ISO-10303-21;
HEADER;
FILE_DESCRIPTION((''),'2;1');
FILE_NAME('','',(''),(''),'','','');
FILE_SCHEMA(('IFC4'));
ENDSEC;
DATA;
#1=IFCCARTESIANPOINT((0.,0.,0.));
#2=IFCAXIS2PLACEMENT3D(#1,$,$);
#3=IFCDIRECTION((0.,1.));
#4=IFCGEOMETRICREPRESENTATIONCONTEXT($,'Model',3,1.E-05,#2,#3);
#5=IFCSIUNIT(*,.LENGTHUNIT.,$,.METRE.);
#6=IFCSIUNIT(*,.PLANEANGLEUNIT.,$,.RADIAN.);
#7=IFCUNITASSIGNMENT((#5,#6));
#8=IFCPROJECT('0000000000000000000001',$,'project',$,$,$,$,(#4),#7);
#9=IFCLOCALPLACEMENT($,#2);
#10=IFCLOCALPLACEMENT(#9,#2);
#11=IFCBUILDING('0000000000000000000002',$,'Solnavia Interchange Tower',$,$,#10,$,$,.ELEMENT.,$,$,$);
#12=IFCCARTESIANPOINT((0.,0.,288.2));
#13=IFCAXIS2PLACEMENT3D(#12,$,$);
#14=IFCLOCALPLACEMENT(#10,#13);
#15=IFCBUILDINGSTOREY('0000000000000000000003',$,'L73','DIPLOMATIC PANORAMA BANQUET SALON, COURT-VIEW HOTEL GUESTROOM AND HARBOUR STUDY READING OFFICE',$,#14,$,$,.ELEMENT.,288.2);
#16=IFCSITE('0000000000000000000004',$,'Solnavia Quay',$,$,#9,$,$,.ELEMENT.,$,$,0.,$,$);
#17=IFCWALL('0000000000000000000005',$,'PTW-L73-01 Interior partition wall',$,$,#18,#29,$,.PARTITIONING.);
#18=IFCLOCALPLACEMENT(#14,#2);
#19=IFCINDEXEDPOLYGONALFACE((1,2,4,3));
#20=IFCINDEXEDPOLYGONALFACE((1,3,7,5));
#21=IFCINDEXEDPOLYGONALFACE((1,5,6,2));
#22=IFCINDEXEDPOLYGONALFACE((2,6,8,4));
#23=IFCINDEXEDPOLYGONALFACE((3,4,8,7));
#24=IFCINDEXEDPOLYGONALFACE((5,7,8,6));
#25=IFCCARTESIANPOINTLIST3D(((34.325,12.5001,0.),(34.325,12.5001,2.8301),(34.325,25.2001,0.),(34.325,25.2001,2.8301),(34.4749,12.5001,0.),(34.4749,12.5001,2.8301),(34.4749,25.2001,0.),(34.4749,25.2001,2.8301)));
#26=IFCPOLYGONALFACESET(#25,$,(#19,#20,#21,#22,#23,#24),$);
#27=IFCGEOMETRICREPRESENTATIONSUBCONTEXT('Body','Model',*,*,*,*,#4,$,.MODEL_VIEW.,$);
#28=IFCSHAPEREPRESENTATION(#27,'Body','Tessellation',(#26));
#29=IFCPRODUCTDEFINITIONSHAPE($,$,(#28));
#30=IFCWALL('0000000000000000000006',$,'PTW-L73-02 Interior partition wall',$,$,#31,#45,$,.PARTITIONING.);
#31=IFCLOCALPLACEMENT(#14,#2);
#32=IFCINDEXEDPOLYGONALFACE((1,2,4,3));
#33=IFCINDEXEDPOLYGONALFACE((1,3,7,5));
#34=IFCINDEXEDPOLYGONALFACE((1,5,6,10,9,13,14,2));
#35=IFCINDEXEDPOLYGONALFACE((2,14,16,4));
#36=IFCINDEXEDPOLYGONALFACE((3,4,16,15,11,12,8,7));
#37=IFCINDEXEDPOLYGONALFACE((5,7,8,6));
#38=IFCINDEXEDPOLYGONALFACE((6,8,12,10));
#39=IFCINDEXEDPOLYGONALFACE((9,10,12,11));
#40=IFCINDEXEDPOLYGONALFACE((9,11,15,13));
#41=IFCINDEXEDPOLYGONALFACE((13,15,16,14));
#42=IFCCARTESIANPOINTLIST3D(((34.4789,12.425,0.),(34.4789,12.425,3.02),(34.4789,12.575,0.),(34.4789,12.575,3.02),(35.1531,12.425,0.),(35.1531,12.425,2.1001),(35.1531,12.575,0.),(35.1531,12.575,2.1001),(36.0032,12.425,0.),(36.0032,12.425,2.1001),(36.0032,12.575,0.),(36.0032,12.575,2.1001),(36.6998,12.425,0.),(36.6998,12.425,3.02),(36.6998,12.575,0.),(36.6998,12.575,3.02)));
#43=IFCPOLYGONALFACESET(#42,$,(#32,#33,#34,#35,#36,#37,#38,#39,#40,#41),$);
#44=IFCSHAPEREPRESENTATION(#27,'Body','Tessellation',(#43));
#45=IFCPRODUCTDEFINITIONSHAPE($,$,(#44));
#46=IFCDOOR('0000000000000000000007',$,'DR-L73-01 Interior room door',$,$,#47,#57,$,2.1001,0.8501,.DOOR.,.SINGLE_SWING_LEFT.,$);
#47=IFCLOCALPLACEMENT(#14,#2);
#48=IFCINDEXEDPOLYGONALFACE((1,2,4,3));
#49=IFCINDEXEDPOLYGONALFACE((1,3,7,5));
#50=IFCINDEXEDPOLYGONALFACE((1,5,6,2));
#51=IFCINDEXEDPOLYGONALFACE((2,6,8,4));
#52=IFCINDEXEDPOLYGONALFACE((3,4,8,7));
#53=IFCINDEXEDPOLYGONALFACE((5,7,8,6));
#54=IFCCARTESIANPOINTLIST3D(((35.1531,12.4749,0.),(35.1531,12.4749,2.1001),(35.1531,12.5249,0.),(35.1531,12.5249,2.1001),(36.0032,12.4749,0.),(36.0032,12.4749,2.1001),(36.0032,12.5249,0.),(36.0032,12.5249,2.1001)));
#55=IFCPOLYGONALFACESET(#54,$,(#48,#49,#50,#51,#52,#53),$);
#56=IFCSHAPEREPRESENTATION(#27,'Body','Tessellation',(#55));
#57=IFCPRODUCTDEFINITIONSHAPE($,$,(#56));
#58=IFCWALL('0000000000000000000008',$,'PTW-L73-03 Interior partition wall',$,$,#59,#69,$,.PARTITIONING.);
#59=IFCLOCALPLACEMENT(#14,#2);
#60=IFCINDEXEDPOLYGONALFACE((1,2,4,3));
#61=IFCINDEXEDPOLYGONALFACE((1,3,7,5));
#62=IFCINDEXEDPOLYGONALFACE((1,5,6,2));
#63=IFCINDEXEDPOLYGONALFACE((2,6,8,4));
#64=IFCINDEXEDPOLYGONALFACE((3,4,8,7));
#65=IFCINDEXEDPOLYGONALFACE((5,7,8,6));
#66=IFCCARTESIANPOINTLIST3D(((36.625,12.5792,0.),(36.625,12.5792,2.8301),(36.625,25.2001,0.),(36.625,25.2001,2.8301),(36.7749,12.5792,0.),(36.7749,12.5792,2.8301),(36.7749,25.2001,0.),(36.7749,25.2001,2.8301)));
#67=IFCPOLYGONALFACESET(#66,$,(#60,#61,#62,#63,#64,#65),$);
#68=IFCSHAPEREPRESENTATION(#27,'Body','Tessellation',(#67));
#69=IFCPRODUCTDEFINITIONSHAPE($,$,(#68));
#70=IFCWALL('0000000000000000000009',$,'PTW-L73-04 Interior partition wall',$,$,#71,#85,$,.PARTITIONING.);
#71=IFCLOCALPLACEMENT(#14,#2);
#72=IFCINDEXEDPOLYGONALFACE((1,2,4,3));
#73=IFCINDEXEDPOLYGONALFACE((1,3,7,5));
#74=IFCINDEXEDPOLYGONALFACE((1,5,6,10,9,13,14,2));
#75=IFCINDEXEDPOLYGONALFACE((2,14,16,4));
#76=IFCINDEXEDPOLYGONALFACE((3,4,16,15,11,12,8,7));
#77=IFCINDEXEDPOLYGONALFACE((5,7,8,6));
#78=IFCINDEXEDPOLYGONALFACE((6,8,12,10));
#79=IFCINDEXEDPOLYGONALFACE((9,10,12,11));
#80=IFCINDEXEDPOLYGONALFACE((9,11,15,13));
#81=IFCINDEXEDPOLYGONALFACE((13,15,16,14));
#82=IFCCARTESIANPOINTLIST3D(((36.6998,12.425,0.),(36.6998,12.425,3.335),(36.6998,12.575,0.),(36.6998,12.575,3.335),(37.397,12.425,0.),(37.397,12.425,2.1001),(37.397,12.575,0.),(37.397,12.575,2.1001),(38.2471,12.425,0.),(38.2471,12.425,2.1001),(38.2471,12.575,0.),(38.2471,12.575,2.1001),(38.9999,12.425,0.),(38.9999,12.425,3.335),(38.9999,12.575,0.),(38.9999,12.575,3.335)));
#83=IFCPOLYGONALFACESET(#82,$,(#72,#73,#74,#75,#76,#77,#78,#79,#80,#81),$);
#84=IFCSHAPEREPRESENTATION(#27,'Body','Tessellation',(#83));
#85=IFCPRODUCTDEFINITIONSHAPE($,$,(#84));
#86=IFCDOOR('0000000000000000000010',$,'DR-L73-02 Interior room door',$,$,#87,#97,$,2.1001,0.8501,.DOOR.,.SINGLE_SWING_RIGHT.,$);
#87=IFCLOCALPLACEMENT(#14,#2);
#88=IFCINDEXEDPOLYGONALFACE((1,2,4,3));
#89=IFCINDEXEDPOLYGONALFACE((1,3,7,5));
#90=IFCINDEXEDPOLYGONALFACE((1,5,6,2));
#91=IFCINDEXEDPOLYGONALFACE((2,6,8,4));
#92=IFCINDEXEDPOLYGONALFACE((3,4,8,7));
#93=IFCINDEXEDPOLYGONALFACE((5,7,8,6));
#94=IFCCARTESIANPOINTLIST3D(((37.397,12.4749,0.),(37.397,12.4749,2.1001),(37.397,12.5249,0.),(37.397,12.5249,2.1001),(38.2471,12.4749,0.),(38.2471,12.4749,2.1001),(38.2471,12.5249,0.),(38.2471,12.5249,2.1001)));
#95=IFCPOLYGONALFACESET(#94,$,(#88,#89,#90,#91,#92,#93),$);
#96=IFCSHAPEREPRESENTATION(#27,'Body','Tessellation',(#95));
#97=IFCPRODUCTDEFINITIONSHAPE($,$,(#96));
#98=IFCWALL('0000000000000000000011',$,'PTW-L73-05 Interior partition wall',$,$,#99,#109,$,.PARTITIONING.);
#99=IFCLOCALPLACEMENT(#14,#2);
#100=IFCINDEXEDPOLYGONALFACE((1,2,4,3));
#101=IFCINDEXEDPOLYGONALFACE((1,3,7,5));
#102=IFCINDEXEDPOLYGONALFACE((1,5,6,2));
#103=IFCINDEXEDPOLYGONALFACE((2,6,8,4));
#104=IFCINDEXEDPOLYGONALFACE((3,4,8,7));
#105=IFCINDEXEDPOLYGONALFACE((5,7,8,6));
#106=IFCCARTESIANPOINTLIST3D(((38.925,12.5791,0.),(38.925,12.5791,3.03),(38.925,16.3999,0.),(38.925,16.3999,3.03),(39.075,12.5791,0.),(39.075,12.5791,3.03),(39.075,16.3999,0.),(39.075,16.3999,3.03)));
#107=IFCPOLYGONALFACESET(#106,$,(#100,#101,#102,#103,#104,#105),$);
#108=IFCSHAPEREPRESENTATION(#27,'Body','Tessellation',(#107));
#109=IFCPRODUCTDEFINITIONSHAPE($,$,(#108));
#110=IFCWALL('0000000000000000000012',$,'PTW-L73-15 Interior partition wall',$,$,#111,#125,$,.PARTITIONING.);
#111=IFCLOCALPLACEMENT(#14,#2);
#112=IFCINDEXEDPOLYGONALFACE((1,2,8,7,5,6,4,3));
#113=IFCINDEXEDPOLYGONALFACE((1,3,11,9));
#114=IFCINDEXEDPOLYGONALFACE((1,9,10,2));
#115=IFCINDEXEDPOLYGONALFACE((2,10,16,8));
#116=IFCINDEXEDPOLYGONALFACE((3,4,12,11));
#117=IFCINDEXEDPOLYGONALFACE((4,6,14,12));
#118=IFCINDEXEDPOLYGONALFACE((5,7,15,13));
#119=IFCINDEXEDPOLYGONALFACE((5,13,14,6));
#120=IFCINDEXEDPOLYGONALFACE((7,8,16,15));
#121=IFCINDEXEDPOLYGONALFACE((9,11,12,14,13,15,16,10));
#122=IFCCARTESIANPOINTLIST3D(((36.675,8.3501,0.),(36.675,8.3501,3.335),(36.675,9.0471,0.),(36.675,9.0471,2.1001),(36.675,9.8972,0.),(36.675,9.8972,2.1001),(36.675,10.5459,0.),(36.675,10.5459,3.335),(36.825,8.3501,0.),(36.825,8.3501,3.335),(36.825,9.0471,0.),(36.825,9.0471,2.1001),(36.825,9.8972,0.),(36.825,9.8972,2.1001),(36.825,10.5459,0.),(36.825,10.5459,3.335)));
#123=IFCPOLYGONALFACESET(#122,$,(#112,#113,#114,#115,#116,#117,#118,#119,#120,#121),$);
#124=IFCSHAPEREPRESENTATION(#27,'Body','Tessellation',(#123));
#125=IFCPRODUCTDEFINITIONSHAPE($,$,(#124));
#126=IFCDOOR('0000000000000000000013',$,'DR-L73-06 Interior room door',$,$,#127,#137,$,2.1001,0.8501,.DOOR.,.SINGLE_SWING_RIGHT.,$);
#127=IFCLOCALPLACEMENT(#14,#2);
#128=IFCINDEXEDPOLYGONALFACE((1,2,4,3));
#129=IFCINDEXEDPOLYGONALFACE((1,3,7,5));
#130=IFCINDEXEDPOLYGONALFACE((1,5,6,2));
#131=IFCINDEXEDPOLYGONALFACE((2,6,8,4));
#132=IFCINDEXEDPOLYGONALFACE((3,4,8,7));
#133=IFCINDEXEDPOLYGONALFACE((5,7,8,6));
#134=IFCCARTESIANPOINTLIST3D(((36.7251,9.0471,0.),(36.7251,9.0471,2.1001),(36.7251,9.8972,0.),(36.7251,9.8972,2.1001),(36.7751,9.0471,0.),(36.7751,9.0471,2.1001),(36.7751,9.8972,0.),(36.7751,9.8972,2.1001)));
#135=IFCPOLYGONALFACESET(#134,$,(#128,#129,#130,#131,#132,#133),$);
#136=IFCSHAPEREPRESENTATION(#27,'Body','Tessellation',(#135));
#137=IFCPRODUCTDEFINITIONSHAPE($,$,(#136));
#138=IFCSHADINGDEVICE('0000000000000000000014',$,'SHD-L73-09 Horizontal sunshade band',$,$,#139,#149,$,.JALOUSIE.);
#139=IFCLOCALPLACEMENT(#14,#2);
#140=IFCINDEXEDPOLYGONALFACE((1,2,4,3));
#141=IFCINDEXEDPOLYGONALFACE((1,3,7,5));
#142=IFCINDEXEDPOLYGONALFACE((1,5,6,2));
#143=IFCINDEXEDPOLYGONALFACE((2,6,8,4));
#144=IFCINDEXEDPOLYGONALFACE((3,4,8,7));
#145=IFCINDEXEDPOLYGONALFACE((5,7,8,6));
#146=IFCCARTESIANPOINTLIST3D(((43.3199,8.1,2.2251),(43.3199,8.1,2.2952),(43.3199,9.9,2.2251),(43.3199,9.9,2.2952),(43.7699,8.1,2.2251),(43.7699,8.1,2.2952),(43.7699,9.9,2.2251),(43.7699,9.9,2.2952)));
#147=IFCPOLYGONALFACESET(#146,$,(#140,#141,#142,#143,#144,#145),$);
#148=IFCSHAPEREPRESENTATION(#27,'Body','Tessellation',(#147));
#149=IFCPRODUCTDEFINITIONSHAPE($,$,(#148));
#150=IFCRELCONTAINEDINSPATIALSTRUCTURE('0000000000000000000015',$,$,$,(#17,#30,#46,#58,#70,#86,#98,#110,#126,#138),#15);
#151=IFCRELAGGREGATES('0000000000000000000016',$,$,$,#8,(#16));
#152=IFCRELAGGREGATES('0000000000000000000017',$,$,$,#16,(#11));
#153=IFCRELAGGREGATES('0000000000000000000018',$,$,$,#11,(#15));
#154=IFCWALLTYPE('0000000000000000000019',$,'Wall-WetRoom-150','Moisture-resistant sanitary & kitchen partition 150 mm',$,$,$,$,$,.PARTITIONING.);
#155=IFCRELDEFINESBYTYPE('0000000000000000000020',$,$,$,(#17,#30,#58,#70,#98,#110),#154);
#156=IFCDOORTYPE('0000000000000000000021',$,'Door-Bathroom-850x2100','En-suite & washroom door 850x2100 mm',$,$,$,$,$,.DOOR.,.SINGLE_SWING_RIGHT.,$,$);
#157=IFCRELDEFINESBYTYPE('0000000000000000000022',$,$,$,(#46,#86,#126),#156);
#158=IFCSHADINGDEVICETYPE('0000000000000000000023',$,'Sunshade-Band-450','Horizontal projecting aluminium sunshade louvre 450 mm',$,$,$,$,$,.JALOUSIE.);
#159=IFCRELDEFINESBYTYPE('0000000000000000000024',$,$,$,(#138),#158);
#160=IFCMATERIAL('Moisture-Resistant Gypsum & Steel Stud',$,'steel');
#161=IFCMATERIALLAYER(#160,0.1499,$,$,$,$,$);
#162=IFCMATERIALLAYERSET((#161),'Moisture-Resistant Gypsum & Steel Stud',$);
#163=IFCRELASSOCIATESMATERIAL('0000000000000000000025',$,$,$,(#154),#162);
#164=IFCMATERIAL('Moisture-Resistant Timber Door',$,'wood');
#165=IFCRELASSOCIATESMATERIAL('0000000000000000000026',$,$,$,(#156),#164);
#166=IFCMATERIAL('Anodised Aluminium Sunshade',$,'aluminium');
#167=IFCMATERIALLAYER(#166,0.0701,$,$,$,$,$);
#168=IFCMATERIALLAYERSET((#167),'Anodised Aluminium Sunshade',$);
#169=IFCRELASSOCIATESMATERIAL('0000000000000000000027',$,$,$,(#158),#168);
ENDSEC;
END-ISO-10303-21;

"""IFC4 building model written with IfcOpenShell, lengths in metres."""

from ifc_helpers import new_model, si_unit, direction, frame, frame_2d, origin, origin_2d, place, context, subcontext, project, spatial, rectangle, extrude, material, layer, layer_set, type_object, element, fill, save


model = new_model("IFC4")

# Units and contexts
model_context = context("Model", 3, precision=1e-05, world=origin(), true_north=direction((0.0, 1.0)))
body_context = subcontext(model_context, "Body", "Model", "MODEL_VIEW")
ifc_project = project(units=[si_unit("LENGTHUNIT", "METRE"), si_unit("PLANEANGLEUNIT", "RADIAN")], contexts=[model_context])

# Site, building, storey
site_placement = place(None, origin())
site = spatial("IfcSite", under=ifc_project, at=site_placement, Name="Solnavia Quay", CompositionType="ELEMENT", RefElevation=0.0)
building_placement = place(site_placement, origin())
building = spatial("IfcBuilding", under=site, at=building_placement, Name="Solnavia Interchange Tower", CompositionType="ELEMENT")
storey_placement = place(building_placement, frame((0.0, 0.0, 288.2)))
storey = spatial("IfcBuildingStorey", under=building, at=storey_placement, Name="L73", Description="DIPLOMATIC PANORAMA BANQUET SALON, COURT-VIEW HOTEL GUESTROOM AND HARBOUR STUDY READING OFFICE", CompositionType="ELEMENT", Elevation=288.2)

# Wall
ifc_material_1 = material(Name="Moisture-Resistant Gypsum & Steel Stud", Category="steel")
ifc_layer_1 = layer(ifc_material_1, 0.1499)
ifc_layer_set_1 = layer_set([ifc_layer_1], Name="Moisture-Resistant Gypsum & Steel Stud")
wall_type_1 = type_object("IfcWallType", Name="Wall-WetRoom-150", Description="Moisture-resistant sanitary & kitchen partition 150 mm", PredefinedType="PARTITIONING", material=ifc_layer_set_1)
wall_1_placement = place(storey_placement, frame((34.3999, 12.5, 0.0), z_axis=(0.0, 0.0, 1.0), x_axis=(0.0, 1.0, 0.0)))
element("IfcWall", 1, at=wall_1_placement, inside=storey, type_object=wall_type_1, Name="PTW-L73-01 Interior partition wall", PredefinedType="PARTITIONING", context=body_context, shape_type="SweptSolid", body=[
    extrude(rectangle(XDim=12.7, YDim=0.1499, at=frame_2d((6.3501, 0.0))), origin(), (0.0, 0.0, 1.0), 2.8301),
])

# Wall, opening, door
wall_2_placement = place(storey_placement, frame((34.479, 12.5, 0.0), z_axis=(0.0, 0.0, 1.0), x_axis=(1.0, 0.0, 0.0)))
wall_2 = element("IfcWall", 2, at=wall_2_placement, inside=storey, type_object=wall_type_1, Name="PTW-L73-02 Interior partition wall", PredefinedType="PARTITIONING", context=body_context, shape_type="SweptSolid", body=[
    extrude(rectangle(XDim=2.2209, YDim=0.1499, at=frame_2d((1.1104, 0.0))), origin(), (0.0, 0.0, 1.0), 3.02),
])
opening_1_placement = place(wall_2_placement, frame((0.6741, 0.0, 0.0)))
opening_1 = element("IfcOpeningElement", 3, at=opening_1_placement, cuts=wall_2, PredefinedType="OPENING", context=body_context, shape_type="SweptSolid", body=[
    extrude(rectangle(XDim=0.8501, YDim=2.1001, at=frame_2d((0.425, 1.05))), frame((0.0, 0.085, 0.0), z_axis=(0.0, -1.0, 0.0), x_axis=(1.0, 0.0, 0.0)), (0.0, 0.0, 1.0), 0.1699),
])
ifc_material_2 = material(Name="Moisture-Resistant Timber Door", Category="wood")
door_type_1 = type_object("IfcDoorType", Name="Door-Bathroom-850x2100", Description="En-suite & washroom door 850x2100 mm", OperationType="SINGLE_SWING_RIGHT", PredefinedType="DOOR", material=ifc_material_2)
door_1_placement = place(opening_1_placement, origin())
door_1 = element("IfcDoor", 4, at=door_1_placement, inside=storey, type_object=door_type_1, Name="DR-L73-01 Interior room door", OperationType="SINGLE_SWING_LEFT", OverallHeight=2.1001, OverallWidth=0.8501, PredefinedType="DOOR", context=body_context, shape_type="SweptSolid", body=[
    extrude(rectangle(XDim=0.8501, YDim=2.1001, at=frame_2d((0.425, 1.05))), frame((0.0, 0.0249, 0.0), z_axis=(0.0, -1.0, 0.0), x_axis=(1.0, 0.0, 0.0)), (0.0, 0.0, 1.0), 0.05),
])
fill(opening_1, door_1)

# Wall
wall_3_placement = place(storey_placement, frame((36.7, 12.5791, 0.0), z_axis=(0.0, 0.0, 1.0), x_axis=(0.0, 1.0, 0.0)))
element("IfcWall", 5, at=wall_3_placement, inside=storey, type_object=wall_type_1, Name="PTW-L73-03 Interior partition wall", PredefinedType="PARTITIONING", context=body_context, shape_type="SweptSolid", body=[
    extrude(rectangle(XDim=12.6208, YDim=0.1499, at=frame_2d((6.3105, 0.0))), origin(), (0.0, 0.0, 1.0), 2.8301),
])

# Wall, opening, door
wall_4_placement = place(storey_placement, frame((36.7, 12.5, 0.0), z_axis=(0.0, 0.0, 1.0), x_axis=(1.0, 0.0, 0.0)))
wall_4 = element("IfcWall", 6, at=wall_4_placement, inside=storey, type_object=wall_type_1, Name="PTW-L73-04 Interior partition wall", PredefinedType="PARTITIONING", context=body_context, shape_type="SweptSolid", body=[
    extrude(rectangle(XDim=2.3, YDim=0.1499, at=frame_2d((1.1499, 0.0))), origin(), (0.0, 0.0, 1.0), 3.335),
])
opening_2_placement = place(wall_4_placement, frame((0.697, 0.0, 0.0)))
opening_2 = element("IfcOpeningElement", 7, at=opening_2_placement, cuts=wall_4, PredefinedType="OPENING", context=body_context, shape_type="SweptSolid", body=[
    extrude(rectangle(XDim=0.8501, YDim=2.1001, at=frame_2d((0.425, 1.05))), frame((0.0, 0.085, 0.0), z_axis=(0.0, -1.0, 0.0), x_axis=(1.0, 0.0, 0.0)), (0.0, 0.0, 1.0), 0.1699),
])
door_2_placement = place(opening_2_placement, origin())
door_2 = element("IfcDoor", 8, at=door_2_placement, inside=storey, type_object=door_type_1, Name="DR-L73-02 Interior room door", OperationType="SINGLE_SWING_RIGHT", OverallHeight=2.1001, OverallWidth=0.8501, PredefinedType="DOOR", context=body_context, shape_type="SweptSolid", body=[
    extrude(rectangle(XDim=0.8501, YDim=2.1001, at=frame_2d((0.425, 1.05))), frame((0.0, 0.0249, 0.0), z_axis=(0.0, -1.0, 0.0), x_axis=(1.0, 0.0, 0.0)), (0.0, 0.0, 1.0), 0.05),
])
fill(opening_2, door_2)

# Wall
wall_5_placement = place(storey_placement, frame((39.0, 12.5791, 0.0), z_axis=(0.0, 0.0, 1.0), x_axis=(0.0, 1.0, 0.0)))
element("IfcWall", 9, at=wall_5_placement, inside=storey, type_object=wall_type_1, Name="PTW-L73-05 Interior partition wall", PredefinedType="PARTITIONING", context=body_context, shape_type="SweptSolid", body=[
    extrude(rectangle(XDim=3.8208, YDim=0.1499, at=frame_2d((1.9104, 0.0))), origin(), (0.0, 0.0, 1.0), 3.03),
])

# Wall, opening, door
wall_6_placement = place(storey_placement, frame((36.75, 8.3501, 0.0), z_axis=(0.0, 0.0, 1.0), x_axis=(0.0, 1.0, 0.0)))
wall_6 = element("IfcWall", 10, at=wall_6_placement, inside=storey, type_object=wall_type_1, Name="PTW-L73-15 Interior partition wall", PredefinedType="PARTITIONING", context=body_context, shape_type="SweptSolid", body=[
    extrude(rectangle(XDim=2.1958, YDim=0.1499, at=frame_2d((1.0979, 0.0))), origin(), (0.0, 0.0, 1.0), 3.335),
])
opening_3_placement = place(wall_6_placement, frame((0.697, 0.0, 0.0)))
opening_3 = element("IfcOpeningElement", 11, at=opening_3_placement, cuts=wall_6, PredefinedType="OPENING", context=body_context, shape_type="SweptSolid", body=[
    extrude(rectangle(XDim=0.8501, YDim=2.1001, at=frame_2d((0.425, 1.05))), frame((0.0, 0.085, 0.0), z_axis=(0.0, -1.0, 0.0), x_axis=(1.0, 0.0, 0.0)), (0.0, 0.0, 1.0), 0.1699),
])
door_3_placement = place(opening_3_placement, origin())
door_3 = element("IfcDoor", 12, at=door_3_placement, inside=storey, type_object=door_type_1, Name="DR-L73-06 Interior room door", OperationType="SINGLE_SWING_RIGHT", OverallHeight=2.1001, OverallWidth=0.8501, PredefinedType="DOOR", context=body_context, shape_type="SweptSolid", body=[
    extrude(rectangle(XDim=0.8501, YDim=2.1001, at=frame_2d((0.425, 1.05))), frame((0.0, 0.0249, 0.0), z_axis=(0.0, -1.0, 0.0), x_axis=(1.0, 0.0, 0.0)), (0.0, 0.0, 1.0), 0.05),
])
fill(opening_3, door_3)

# Shading device
ifc_material_3 = material(Name="Anodised Aluminium Sunshade", Category="aluminium")
ifc_layer_2 = layer(ifc_material_3, 0.0701)
ifc_layer_set_2 = layer_set([ifc_layer_2], Name="Anodised Aluminium Sunshade")
shading_device_type = type_object("IfcShadingDeviceType", Name="Sunshade-Band-450", Description="Horizontal projecting aluminium sunshade louvre 450 mm", PredefinedType="JALOUSIE", material=ifc_layer_set_2)
shading_device_placement = place(storey_placement, frame((43.5449, 9.0, 2.2251), z_axis=(0.0, 0.0, 1.0), x_axis=(0.0, -1.0, 0.0)))
element("IfcShadingDevice", 13, at=shading_device_placement, inside=storey, type_object=shading_device_type, Name="SHD-L73-09 Horizontal sunshade band", PredefinedType="JALOUSIE", context=body_context, shape_type="SweptSolid", body=[
    extrude(rectangle(XDim=1.8, YDim=0.45, at=origin_2d()), origin(), (0.0, 0.0, 1.0), 0.0701),
])

save(model, "model.ifc")
